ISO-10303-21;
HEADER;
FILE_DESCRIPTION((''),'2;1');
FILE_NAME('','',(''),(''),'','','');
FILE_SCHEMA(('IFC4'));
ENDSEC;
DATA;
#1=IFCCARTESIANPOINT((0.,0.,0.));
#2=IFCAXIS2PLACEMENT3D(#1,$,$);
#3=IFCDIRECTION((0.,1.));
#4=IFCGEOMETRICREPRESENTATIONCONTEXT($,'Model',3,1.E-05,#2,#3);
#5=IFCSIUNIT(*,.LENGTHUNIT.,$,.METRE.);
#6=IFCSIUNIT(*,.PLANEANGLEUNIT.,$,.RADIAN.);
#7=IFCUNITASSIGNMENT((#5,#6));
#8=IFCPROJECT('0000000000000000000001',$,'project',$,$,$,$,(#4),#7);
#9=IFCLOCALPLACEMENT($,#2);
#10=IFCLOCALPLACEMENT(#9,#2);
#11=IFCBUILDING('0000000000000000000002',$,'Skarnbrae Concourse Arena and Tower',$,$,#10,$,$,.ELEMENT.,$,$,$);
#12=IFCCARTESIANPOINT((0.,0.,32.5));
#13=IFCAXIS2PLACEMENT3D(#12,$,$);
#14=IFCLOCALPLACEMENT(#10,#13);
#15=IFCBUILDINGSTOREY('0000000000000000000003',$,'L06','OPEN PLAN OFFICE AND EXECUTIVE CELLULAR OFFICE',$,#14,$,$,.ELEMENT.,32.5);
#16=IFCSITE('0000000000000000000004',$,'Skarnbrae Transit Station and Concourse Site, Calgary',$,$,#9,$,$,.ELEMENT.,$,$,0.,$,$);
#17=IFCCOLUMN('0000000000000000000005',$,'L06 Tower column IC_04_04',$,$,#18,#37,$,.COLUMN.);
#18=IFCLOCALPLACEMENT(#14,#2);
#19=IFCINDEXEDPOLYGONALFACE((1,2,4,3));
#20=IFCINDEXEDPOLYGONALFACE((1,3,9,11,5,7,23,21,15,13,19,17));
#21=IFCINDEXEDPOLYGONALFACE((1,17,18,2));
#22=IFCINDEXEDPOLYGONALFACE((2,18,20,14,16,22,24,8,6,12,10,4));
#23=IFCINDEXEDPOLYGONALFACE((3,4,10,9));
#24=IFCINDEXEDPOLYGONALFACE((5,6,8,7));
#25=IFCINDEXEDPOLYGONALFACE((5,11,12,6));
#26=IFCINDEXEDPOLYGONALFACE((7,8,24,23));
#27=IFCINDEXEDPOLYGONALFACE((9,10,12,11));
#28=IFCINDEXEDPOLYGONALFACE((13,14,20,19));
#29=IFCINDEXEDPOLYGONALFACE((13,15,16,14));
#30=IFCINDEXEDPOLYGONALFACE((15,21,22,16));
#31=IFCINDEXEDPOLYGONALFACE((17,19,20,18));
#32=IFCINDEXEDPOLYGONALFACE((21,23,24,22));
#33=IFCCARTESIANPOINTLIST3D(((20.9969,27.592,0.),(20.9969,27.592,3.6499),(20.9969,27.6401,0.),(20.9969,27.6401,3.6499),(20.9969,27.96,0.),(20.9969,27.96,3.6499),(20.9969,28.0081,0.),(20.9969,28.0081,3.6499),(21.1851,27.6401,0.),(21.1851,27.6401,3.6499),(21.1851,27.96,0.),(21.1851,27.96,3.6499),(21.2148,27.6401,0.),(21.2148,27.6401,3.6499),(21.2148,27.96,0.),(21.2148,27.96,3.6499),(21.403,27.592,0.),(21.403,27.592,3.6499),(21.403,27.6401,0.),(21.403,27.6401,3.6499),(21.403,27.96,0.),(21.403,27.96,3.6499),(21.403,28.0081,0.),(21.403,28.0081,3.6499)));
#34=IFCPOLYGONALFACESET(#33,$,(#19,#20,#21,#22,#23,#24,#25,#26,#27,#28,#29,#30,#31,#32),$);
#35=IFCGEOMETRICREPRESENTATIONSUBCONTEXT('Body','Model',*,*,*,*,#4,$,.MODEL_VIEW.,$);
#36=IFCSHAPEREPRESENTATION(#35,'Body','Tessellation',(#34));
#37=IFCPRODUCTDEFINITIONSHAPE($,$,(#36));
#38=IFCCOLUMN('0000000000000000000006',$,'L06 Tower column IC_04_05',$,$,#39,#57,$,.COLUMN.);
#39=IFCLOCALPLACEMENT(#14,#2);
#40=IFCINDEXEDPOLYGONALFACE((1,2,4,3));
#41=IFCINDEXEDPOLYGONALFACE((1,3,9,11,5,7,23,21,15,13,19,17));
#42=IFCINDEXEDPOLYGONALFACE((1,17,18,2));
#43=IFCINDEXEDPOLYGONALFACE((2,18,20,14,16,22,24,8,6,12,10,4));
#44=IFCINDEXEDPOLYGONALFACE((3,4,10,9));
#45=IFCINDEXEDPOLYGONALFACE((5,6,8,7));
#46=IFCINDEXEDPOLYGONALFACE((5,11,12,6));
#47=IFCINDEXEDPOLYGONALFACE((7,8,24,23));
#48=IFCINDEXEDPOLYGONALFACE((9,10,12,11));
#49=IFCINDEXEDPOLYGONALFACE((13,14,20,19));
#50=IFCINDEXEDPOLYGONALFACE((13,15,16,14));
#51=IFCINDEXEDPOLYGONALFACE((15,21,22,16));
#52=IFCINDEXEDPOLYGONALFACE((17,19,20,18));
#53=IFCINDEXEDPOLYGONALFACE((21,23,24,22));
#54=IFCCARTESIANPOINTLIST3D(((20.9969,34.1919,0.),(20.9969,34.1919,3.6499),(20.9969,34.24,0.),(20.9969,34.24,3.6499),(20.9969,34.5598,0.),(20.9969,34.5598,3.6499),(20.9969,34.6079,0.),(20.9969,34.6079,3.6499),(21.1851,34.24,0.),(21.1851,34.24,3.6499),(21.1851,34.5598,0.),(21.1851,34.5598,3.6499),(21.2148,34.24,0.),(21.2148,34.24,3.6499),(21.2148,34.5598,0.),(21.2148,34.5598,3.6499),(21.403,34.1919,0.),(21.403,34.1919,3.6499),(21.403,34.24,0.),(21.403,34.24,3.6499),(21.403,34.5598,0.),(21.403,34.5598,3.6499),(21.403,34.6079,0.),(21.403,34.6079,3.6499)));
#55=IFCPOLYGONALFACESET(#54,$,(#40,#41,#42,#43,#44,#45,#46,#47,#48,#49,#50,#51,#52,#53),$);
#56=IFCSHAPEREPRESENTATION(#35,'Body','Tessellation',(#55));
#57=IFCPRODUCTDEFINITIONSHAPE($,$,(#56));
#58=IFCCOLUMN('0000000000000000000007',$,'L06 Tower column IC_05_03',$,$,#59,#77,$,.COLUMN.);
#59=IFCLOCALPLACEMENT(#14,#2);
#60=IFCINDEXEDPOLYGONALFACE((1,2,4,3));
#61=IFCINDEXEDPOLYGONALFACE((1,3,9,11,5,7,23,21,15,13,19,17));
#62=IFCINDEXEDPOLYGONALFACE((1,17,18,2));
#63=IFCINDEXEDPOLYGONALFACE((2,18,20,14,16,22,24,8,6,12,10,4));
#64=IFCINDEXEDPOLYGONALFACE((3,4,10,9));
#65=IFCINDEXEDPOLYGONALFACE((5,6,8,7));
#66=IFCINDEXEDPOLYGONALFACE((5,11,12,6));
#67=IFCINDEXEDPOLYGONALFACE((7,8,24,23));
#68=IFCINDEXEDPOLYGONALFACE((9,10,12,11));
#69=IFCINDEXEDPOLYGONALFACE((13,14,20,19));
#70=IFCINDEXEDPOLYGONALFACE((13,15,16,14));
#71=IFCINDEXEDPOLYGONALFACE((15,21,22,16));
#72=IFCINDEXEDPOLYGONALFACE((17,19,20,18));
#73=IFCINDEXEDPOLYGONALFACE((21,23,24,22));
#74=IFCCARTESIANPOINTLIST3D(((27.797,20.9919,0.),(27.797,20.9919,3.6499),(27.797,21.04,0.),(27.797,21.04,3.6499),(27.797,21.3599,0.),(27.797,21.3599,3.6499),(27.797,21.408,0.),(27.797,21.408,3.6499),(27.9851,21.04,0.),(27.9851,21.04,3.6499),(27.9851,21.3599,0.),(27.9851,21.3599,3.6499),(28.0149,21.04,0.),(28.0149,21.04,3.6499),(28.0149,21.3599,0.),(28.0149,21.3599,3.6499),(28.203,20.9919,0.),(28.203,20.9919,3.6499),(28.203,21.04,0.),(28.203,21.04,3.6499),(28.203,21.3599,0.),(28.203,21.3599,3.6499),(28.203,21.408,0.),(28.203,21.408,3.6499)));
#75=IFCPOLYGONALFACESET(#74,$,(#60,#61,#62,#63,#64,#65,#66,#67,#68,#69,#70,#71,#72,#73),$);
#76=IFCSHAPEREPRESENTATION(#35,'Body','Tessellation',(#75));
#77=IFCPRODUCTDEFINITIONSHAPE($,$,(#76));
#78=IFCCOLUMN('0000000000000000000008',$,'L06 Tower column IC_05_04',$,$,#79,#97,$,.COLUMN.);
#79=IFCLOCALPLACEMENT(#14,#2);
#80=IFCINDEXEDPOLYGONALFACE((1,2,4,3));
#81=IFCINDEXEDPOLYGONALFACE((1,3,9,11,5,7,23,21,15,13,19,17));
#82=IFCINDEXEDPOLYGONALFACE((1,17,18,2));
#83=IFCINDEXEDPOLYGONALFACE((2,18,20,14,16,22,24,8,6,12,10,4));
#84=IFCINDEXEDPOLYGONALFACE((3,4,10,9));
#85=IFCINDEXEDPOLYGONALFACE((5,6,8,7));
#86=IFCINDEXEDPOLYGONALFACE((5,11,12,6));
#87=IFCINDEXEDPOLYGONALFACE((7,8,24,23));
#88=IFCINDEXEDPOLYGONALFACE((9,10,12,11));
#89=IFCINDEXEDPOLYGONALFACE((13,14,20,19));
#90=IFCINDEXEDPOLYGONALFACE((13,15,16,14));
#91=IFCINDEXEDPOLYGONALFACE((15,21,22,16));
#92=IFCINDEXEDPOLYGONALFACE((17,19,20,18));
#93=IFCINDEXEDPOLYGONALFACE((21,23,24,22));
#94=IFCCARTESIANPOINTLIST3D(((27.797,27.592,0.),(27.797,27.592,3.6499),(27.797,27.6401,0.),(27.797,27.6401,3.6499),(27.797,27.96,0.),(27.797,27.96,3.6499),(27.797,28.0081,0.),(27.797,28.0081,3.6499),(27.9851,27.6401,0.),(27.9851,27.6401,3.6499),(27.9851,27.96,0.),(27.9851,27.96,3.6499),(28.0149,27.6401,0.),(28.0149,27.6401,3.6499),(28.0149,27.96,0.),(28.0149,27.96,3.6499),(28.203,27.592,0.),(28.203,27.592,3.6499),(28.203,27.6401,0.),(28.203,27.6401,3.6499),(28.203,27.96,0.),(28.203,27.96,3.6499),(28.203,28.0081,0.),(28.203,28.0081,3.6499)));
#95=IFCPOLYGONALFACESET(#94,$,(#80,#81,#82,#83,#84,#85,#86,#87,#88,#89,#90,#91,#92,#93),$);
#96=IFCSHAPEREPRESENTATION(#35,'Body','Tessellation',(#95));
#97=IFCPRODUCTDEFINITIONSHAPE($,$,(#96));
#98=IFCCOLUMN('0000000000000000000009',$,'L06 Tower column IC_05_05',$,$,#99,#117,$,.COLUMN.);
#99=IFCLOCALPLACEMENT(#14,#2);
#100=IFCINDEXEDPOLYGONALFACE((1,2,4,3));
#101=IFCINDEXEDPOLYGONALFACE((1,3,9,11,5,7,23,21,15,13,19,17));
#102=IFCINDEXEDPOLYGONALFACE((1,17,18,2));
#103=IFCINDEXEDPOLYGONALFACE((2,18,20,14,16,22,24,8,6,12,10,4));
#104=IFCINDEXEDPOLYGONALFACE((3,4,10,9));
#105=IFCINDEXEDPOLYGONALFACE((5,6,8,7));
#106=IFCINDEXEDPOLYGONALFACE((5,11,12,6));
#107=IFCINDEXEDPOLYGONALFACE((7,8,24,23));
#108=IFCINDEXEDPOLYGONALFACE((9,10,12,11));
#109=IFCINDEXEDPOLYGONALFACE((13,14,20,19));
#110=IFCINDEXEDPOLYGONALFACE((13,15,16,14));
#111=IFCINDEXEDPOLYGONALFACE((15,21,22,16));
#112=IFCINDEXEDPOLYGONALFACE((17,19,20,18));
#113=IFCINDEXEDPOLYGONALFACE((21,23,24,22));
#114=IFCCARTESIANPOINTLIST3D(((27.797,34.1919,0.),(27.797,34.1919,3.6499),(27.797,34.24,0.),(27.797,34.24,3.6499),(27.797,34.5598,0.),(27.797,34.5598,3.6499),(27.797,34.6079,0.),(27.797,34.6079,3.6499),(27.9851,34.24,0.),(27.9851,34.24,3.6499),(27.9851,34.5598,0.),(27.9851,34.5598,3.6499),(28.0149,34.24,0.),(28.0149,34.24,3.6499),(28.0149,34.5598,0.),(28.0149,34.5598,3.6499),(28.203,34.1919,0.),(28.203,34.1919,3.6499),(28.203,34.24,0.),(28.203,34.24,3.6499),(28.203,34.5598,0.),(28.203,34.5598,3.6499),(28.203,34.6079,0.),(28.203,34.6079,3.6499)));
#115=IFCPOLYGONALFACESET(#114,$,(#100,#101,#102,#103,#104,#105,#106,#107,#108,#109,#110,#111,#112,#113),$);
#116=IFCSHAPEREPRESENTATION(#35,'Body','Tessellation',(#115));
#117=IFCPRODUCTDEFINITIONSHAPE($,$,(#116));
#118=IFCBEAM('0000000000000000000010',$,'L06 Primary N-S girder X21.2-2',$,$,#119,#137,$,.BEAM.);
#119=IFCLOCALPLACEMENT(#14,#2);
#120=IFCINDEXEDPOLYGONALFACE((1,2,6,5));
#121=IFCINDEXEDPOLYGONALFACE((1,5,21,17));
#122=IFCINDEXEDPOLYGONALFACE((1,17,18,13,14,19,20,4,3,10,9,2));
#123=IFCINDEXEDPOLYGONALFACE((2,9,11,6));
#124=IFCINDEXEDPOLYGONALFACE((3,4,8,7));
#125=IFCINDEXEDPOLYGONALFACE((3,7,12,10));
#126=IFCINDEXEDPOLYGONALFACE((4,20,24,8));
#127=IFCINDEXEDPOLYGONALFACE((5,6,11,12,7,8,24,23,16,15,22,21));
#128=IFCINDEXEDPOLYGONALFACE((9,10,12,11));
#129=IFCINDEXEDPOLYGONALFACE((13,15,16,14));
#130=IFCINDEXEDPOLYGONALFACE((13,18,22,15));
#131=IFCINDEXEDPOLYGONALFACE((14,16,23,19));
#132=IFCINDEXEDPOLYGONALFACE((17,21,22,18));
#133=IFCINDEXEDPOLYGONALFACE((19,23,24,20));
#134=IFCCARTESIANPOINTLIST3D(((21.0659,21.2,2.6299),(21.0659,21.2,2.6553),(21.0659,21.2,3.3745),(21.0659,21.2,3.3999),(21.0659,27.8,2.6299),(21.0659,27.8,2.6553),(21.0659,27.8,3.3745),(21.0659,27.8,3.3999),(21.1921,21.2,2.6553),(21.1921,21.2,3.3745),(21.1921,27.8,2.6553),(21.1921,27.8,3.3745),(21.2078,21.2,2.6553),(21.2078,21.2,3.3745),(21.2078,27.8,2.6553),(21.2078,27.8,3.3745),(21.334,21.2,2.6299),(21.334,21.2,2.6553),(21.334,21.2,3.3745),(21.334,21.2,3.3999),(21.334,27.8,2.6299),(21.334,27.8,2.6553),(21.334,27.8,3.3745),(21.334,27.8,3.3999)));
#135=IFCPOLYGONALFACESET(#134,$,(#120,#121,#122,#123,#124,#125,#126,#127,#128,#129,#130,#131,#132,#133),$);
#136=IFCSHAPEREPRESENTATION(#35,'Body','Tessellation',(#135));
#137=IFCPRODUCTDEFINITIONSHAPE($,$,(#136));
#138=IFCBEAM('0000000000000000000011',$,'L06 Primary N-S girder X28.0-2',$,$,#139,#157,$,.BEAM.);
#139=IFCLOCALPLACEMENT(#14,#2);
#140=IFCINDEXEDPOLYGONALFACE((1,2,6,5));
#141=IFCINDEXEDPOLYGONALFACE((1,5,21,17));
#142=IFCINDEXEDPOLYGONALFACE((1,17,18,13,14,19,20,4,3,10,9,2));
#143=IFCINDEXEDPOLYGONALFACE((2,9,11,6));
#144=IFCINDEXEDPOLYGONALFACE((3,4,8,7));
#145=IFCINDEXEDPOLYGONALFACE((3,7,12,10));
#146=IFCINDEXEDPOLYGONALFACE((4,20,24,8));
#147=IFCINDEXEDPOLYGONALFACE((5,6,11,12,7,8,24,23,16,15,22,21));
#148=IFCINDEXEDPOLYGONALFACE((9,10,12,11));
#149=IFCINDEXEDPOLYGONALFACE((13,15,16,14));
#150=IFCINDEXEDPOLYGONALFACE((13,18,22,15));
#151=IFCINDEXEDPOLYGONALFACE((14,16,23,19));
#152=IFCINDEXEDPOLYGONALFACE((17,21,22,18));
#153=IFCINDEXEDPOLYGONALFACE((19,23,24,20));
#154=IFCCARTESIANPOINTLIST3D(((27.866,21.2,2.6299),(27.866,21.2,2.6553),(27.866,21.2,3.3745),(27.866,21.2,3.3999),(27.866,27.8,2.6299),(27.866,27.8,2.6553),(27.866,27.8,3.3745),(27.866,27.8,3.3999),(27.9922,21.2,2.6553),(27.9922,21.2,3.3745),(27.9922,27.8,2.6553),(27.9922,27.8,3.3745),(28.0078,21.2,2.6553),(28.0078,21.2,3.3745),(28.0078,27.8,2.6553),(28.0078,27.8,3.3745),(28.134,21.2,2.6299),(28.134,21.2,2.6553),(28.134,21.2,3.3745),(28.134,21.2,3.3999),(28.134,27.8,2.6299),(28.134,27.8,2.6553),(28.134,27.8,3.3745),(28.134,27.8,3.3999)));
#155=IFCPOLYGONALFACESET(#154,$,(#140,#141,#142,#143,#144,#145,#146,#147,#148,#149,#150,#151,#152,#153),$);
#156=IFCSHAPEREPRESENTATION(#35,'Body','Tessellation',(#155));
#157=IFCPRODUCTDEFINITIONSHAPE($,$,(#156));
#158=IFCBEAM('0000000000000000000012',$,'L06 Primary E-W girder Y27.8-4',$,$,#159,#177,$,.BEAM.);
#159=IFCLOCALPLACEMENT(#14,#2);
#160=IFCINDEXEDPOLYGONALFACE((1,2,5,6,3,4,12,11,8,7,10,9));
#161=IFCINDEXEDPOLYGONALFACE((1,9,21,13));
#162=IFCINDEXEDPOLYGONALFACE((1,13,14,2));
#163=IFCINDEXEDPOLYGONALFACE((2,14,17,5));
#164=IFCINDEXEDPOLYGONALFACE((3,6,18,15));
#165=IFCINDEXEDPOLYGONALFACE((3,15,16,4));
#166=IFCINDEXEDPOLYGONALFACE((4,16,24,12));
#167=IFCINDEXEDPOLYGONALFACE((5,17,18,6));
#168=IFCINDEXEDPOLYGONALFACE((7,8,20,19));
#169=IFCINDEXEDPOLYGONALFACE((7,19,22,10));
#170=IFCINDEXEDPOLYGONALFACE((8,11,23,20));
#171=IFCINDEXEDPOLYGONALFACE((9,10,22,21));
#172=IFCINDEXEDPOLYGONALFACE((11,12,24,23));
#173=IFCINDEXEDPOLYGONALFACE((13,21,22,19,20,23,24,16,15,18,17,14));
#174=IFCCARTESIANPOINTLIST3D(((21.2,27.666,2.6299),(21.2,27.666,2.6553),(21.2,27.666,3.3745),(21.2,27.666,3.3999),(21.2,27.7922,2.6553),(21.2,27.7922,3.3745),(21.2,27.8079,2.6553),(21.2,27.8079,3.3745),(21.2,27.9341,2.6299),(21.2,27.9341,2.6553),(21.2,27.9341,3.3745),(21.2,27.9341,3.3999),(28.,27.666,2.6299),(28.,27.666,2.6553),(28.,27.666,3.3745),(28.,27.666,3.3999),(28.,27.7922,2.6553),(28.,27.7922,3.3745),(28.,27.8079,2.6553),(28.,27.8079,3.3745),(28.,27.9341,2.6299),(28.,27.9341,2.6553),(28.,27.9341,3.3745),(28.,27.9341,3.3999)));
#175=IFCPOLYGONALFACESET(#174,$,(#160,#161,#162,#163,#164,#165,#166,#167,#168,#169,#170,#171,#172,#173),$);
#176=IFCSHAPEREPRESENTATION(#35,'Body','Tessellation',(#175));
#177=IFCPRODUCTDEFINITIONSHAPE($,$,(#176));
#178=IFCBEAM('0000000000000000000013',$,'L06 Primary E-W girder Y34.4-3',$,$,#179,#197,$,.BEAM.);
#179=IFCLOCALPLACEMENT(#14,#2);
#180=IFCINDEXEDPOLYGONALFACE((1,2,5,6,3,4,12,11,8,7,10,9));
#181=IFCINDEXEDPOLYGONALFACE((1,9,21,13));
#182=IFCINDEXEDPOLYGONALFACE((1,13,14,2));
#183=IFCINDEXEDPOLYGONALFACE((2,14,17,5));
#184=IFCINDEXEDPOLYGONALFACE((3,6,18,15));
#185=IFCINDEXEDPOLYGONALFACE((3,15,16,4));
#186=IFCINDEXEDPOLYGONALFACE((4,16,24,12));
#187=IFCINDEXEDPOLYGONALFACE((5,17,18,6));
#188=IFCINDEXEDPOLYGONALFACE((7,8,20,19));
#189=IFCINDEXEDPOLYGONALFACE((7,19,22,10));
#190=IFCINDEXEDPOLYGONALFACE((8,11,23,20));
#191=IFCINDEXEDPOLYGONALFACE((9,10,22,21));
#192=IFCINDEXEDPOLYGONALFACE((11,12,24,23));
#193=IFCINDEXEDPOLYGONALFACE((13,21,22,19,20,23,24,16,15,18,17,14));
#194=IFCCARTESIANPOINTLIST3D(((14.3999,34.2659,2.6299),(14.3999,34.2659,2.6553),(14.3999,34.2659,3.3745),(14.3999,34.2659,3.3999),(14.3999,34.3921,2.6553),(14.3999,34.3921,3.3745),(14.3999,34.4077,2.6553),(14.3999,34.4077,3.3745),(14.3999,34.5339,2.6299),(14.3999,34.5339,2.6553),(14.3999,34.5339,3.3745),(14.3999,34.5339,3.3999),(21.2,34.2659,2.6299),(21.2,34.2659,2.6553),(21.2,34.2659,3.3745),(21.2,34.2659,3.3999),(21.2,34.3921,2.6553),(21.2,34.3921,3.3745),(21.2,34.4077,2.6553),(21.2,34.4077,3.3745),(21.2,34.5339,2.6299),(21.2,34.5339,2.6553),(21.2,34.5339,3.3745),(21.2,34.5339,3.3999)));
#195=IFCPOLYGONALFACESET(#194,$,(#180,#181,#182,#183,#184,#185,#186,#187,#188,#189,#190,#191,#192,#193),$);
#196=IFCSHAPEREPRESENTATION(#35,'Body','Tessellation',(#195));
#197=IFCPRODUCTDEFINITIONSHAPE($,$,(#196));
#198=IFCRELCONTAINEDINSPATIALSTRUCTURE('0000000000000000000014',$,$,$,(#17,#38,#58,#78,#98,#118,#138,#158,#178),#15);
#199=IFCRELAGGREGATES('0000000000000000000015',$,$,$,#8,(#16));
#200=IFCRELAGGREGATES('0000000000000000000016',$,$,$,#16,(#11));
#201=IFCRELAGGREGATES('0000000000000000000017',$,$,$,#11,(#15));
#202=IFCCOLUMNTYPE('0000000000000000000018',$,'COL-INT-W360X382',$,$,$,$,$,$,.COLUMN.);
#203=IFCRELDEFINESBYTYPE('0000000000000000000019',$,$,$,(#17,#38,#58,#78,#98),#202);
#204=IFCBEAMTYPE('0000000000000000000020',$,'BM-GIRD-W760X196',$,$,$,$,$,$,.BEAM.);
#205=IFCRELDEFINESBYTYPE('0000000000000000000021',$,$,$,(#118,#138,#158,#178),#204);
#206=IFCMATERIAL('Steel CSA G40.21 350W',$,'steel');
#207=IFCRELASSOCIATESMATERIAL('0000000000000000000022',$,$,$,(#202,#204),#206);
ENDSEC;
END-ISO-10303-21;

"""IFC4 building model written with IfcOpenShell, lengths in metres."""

from ifc_helpers import new_model, si_unit, direction, frame, origin, origin_2d, place, context, subcontext, project, spatial, i_section, extrude, source, transform, mapped, material, material_profile, profile_set, type_object, element, save


model = new_model("IFC4")

# Units and contexts
model_context = context("Model", 3, precision=1e-05, world=origin(), true_north=direction((0.0, 1.0)))
body_context = subcontext(model_context, "Body", "Model", "MODEL_VIEW")
ifc_project = project(units=[si_unit("LENGTHUNIT", "METRE"), si_unit("PLANEANGLEUNIT", "RADIAN")], contexts=[model_context])

# Site, building, storey
site_placement = place(None, origin())
site = spatial("IfcSite", under=ifc_project, at=site_placement, Name="Skarnbrae Transit Station and Concourse Site, Calgary", CompositionType="ELEMENT", RefElevation=0.0)
building_placement = place(site_placement, origin())
building = spatial("IfcBuilding", under=site, at=building_placement, Name="Skarnbrae Concourse Arena and Tower", CompositionType="ELEMENT")
storey_placement = place(building_placement, frame((0.0, 0.0, 32.5)))
storey = spatial("IfcBuildingStorey", under=building, at=storey_placement, Name="L06", Description="OPEN PLAN OFFICE AND EXECUTIVE CELLULAR OFFICE", CompositionType="ELEMENT", Elevation=32.5)

# Columns
ifc_material_1 = material(Name="Steel CSA G40.21 350W", Category="steel")
ifc_material_profile_1 = material_profile(ifc_material_1, i_section(OverallWidth=0.406, OverallDepth=0.416, WebThickness=0.0298, FlangeThickness=0.0481, at=origin_2d()), Name="W360X382")
ifc_profile_set_1 = profile_set([ifc_material_profile_1], Name="Steel CSA G40.21 350W")
column_type = type_object("IfcColumnType", Name="COL-INT-W360X382", PredefinedType="COLUMN", material=ifc_profile_set_1)
shared_shape_1 = source(origin(), body_context, "Body", "SweptSolid", [
    extrude(i_section(OverallWidth=0.406, OverallDepth=0.416, WebThickness=0.0298, FlangeThickness=0.0481, at=origin_2d()), origin(), (0.0, 0.0, 1.0), 3.6499),
])
for number, where, z_axis, x_axis, name in (
    (1, (21.2, 27.8, 0.0), (0.0, 0.0, 1.0), (1.0, 0.0, 0.0), "L06 Tower column IC_04_04"),
    (2, (21.2, 34.3999, 0.0), (0.0, 0.0, 1.0), (1.0, 0.0, 0.0), "L06 Tower column IC_04_05"),
    (3, (28.0, 21.2, 0.0), (0.0, 0.0, 1.0), (1.0, 0.0, 0.0), "L06 Tower column IC_05_03"),
    (4, (28.0, 27.8, 0.0), (0.0, 0.0, 1.0), (1.0, 0.0, 0.0), "L06 Tower column IC_05_04"),
    (5, (28.0, 34.3999, 0.0), (0.0, 0.0, 1.0), (1.0, 0.0, 0.0), "L06 Tower column IC_05_05"),
):
    element("IfcColumn", number, at=place(storey_placement, frame(where, z_axis=z_axis, x_axis=x_axis)), inside=storey, type_object=column_type, Name=name, PredefinedType="COLUMN", context=body_context, shape_type="MappedRepresentation", body=[
        mapped(shared_shape_1, transform((0.0, 0.0, 0.0))),
    ])

# Beams
ifc_material_profile_2 = material_profile(ifc_material_1, i_section(OverallWidth=0.2681, OverallDepth=0.77, WebThickness=0.0156, FlangeThickness=0.0254, at=origin_2d()), Name="W760X196")
ifc_profile_set_2 = profile_set([ifc_material_profile_2], Name="Steel CSA G40.21 350W")
beam_type_1 = type_object("IfcBeamType", Name="BM-GIRD-W760X196", PredefinedType="BEAM", material=ifc_profile_set_2)
shared_shape_2 = source(origin(), body_context, "Body", "SweptSolid", [
    extrude(i_section(OverallWidth=0.2681, OverallDepth=0.77, WebThickness=0.0156, FlangeThickness=0.0254, at=origin_2d()), origin(), (0.0, 0.0, 1.0), 6.6001),
])
for number, where, z_axis, x_axis, name in (
    (6, (21.2, 21.2, 3.0149), (0.0, 1.0, 0.0), (-1.0, 0.0, 0.0), "L06 Primary N-S girder X21.2-2"),
    (7, (28.0, 21.2, 3.0149), (0.0, 1.0, 0.0), (-1.0, 0.0, 0.0), "L06 Primary N-S girder X28.0-2"),
):
    element("IfcBeam", number, at=place(storey_placement, frame(where, z_axis=z_axis, x_axis=x_axis)), inside=storey, type_object=beam_type_1, Name=name, PredefinedType="BEAM", context=body_context, shape_type="MappedRepresentation", body=[
        mapped(shared_shape_2, transform((0.0, 0.0, 0.0))),
    ])
shared_shape_3 = source(origin(), body_context, "Body", "SweptSolid", [
    extrude(i_section(OverallWidth=0.2681, OverallDepth=0.77, WebThickness=0.0156, FlangeThickness=0.0254, at=origin_2d()), origin(), (0.0, 0.0, 1.0), 6.8),
])
for number, where, z_axis, x_axis, name in (
    (8, (21.2, 27.8, 3.0149), (1.0, 0.0, 0.0), (0.0, 1.0, 0.0), "L06 Primary E-W girder Y27.8-4"),
    (9, (14.3999, 34.3999, 3.0149), (1.0, 0.0, 0.0), (0.0, 1.0, 0.0), "L06 Primary E-W girder Y34.4-3"),
):
    element("IfcBeam", number, at=place(storey_placement, frame(where, z_axis=z_axis, x_axis=x_axis)), inside=storey, type_object=beam_type_1, Name=name, PredefinedType="BEAM", context=body_context, shape_type="MappedRepresentation", body=[
        mapped(shared_shape_3, transform((0.0, 0.0, 0.0))),
    ])

save(model, "model.ifc")
